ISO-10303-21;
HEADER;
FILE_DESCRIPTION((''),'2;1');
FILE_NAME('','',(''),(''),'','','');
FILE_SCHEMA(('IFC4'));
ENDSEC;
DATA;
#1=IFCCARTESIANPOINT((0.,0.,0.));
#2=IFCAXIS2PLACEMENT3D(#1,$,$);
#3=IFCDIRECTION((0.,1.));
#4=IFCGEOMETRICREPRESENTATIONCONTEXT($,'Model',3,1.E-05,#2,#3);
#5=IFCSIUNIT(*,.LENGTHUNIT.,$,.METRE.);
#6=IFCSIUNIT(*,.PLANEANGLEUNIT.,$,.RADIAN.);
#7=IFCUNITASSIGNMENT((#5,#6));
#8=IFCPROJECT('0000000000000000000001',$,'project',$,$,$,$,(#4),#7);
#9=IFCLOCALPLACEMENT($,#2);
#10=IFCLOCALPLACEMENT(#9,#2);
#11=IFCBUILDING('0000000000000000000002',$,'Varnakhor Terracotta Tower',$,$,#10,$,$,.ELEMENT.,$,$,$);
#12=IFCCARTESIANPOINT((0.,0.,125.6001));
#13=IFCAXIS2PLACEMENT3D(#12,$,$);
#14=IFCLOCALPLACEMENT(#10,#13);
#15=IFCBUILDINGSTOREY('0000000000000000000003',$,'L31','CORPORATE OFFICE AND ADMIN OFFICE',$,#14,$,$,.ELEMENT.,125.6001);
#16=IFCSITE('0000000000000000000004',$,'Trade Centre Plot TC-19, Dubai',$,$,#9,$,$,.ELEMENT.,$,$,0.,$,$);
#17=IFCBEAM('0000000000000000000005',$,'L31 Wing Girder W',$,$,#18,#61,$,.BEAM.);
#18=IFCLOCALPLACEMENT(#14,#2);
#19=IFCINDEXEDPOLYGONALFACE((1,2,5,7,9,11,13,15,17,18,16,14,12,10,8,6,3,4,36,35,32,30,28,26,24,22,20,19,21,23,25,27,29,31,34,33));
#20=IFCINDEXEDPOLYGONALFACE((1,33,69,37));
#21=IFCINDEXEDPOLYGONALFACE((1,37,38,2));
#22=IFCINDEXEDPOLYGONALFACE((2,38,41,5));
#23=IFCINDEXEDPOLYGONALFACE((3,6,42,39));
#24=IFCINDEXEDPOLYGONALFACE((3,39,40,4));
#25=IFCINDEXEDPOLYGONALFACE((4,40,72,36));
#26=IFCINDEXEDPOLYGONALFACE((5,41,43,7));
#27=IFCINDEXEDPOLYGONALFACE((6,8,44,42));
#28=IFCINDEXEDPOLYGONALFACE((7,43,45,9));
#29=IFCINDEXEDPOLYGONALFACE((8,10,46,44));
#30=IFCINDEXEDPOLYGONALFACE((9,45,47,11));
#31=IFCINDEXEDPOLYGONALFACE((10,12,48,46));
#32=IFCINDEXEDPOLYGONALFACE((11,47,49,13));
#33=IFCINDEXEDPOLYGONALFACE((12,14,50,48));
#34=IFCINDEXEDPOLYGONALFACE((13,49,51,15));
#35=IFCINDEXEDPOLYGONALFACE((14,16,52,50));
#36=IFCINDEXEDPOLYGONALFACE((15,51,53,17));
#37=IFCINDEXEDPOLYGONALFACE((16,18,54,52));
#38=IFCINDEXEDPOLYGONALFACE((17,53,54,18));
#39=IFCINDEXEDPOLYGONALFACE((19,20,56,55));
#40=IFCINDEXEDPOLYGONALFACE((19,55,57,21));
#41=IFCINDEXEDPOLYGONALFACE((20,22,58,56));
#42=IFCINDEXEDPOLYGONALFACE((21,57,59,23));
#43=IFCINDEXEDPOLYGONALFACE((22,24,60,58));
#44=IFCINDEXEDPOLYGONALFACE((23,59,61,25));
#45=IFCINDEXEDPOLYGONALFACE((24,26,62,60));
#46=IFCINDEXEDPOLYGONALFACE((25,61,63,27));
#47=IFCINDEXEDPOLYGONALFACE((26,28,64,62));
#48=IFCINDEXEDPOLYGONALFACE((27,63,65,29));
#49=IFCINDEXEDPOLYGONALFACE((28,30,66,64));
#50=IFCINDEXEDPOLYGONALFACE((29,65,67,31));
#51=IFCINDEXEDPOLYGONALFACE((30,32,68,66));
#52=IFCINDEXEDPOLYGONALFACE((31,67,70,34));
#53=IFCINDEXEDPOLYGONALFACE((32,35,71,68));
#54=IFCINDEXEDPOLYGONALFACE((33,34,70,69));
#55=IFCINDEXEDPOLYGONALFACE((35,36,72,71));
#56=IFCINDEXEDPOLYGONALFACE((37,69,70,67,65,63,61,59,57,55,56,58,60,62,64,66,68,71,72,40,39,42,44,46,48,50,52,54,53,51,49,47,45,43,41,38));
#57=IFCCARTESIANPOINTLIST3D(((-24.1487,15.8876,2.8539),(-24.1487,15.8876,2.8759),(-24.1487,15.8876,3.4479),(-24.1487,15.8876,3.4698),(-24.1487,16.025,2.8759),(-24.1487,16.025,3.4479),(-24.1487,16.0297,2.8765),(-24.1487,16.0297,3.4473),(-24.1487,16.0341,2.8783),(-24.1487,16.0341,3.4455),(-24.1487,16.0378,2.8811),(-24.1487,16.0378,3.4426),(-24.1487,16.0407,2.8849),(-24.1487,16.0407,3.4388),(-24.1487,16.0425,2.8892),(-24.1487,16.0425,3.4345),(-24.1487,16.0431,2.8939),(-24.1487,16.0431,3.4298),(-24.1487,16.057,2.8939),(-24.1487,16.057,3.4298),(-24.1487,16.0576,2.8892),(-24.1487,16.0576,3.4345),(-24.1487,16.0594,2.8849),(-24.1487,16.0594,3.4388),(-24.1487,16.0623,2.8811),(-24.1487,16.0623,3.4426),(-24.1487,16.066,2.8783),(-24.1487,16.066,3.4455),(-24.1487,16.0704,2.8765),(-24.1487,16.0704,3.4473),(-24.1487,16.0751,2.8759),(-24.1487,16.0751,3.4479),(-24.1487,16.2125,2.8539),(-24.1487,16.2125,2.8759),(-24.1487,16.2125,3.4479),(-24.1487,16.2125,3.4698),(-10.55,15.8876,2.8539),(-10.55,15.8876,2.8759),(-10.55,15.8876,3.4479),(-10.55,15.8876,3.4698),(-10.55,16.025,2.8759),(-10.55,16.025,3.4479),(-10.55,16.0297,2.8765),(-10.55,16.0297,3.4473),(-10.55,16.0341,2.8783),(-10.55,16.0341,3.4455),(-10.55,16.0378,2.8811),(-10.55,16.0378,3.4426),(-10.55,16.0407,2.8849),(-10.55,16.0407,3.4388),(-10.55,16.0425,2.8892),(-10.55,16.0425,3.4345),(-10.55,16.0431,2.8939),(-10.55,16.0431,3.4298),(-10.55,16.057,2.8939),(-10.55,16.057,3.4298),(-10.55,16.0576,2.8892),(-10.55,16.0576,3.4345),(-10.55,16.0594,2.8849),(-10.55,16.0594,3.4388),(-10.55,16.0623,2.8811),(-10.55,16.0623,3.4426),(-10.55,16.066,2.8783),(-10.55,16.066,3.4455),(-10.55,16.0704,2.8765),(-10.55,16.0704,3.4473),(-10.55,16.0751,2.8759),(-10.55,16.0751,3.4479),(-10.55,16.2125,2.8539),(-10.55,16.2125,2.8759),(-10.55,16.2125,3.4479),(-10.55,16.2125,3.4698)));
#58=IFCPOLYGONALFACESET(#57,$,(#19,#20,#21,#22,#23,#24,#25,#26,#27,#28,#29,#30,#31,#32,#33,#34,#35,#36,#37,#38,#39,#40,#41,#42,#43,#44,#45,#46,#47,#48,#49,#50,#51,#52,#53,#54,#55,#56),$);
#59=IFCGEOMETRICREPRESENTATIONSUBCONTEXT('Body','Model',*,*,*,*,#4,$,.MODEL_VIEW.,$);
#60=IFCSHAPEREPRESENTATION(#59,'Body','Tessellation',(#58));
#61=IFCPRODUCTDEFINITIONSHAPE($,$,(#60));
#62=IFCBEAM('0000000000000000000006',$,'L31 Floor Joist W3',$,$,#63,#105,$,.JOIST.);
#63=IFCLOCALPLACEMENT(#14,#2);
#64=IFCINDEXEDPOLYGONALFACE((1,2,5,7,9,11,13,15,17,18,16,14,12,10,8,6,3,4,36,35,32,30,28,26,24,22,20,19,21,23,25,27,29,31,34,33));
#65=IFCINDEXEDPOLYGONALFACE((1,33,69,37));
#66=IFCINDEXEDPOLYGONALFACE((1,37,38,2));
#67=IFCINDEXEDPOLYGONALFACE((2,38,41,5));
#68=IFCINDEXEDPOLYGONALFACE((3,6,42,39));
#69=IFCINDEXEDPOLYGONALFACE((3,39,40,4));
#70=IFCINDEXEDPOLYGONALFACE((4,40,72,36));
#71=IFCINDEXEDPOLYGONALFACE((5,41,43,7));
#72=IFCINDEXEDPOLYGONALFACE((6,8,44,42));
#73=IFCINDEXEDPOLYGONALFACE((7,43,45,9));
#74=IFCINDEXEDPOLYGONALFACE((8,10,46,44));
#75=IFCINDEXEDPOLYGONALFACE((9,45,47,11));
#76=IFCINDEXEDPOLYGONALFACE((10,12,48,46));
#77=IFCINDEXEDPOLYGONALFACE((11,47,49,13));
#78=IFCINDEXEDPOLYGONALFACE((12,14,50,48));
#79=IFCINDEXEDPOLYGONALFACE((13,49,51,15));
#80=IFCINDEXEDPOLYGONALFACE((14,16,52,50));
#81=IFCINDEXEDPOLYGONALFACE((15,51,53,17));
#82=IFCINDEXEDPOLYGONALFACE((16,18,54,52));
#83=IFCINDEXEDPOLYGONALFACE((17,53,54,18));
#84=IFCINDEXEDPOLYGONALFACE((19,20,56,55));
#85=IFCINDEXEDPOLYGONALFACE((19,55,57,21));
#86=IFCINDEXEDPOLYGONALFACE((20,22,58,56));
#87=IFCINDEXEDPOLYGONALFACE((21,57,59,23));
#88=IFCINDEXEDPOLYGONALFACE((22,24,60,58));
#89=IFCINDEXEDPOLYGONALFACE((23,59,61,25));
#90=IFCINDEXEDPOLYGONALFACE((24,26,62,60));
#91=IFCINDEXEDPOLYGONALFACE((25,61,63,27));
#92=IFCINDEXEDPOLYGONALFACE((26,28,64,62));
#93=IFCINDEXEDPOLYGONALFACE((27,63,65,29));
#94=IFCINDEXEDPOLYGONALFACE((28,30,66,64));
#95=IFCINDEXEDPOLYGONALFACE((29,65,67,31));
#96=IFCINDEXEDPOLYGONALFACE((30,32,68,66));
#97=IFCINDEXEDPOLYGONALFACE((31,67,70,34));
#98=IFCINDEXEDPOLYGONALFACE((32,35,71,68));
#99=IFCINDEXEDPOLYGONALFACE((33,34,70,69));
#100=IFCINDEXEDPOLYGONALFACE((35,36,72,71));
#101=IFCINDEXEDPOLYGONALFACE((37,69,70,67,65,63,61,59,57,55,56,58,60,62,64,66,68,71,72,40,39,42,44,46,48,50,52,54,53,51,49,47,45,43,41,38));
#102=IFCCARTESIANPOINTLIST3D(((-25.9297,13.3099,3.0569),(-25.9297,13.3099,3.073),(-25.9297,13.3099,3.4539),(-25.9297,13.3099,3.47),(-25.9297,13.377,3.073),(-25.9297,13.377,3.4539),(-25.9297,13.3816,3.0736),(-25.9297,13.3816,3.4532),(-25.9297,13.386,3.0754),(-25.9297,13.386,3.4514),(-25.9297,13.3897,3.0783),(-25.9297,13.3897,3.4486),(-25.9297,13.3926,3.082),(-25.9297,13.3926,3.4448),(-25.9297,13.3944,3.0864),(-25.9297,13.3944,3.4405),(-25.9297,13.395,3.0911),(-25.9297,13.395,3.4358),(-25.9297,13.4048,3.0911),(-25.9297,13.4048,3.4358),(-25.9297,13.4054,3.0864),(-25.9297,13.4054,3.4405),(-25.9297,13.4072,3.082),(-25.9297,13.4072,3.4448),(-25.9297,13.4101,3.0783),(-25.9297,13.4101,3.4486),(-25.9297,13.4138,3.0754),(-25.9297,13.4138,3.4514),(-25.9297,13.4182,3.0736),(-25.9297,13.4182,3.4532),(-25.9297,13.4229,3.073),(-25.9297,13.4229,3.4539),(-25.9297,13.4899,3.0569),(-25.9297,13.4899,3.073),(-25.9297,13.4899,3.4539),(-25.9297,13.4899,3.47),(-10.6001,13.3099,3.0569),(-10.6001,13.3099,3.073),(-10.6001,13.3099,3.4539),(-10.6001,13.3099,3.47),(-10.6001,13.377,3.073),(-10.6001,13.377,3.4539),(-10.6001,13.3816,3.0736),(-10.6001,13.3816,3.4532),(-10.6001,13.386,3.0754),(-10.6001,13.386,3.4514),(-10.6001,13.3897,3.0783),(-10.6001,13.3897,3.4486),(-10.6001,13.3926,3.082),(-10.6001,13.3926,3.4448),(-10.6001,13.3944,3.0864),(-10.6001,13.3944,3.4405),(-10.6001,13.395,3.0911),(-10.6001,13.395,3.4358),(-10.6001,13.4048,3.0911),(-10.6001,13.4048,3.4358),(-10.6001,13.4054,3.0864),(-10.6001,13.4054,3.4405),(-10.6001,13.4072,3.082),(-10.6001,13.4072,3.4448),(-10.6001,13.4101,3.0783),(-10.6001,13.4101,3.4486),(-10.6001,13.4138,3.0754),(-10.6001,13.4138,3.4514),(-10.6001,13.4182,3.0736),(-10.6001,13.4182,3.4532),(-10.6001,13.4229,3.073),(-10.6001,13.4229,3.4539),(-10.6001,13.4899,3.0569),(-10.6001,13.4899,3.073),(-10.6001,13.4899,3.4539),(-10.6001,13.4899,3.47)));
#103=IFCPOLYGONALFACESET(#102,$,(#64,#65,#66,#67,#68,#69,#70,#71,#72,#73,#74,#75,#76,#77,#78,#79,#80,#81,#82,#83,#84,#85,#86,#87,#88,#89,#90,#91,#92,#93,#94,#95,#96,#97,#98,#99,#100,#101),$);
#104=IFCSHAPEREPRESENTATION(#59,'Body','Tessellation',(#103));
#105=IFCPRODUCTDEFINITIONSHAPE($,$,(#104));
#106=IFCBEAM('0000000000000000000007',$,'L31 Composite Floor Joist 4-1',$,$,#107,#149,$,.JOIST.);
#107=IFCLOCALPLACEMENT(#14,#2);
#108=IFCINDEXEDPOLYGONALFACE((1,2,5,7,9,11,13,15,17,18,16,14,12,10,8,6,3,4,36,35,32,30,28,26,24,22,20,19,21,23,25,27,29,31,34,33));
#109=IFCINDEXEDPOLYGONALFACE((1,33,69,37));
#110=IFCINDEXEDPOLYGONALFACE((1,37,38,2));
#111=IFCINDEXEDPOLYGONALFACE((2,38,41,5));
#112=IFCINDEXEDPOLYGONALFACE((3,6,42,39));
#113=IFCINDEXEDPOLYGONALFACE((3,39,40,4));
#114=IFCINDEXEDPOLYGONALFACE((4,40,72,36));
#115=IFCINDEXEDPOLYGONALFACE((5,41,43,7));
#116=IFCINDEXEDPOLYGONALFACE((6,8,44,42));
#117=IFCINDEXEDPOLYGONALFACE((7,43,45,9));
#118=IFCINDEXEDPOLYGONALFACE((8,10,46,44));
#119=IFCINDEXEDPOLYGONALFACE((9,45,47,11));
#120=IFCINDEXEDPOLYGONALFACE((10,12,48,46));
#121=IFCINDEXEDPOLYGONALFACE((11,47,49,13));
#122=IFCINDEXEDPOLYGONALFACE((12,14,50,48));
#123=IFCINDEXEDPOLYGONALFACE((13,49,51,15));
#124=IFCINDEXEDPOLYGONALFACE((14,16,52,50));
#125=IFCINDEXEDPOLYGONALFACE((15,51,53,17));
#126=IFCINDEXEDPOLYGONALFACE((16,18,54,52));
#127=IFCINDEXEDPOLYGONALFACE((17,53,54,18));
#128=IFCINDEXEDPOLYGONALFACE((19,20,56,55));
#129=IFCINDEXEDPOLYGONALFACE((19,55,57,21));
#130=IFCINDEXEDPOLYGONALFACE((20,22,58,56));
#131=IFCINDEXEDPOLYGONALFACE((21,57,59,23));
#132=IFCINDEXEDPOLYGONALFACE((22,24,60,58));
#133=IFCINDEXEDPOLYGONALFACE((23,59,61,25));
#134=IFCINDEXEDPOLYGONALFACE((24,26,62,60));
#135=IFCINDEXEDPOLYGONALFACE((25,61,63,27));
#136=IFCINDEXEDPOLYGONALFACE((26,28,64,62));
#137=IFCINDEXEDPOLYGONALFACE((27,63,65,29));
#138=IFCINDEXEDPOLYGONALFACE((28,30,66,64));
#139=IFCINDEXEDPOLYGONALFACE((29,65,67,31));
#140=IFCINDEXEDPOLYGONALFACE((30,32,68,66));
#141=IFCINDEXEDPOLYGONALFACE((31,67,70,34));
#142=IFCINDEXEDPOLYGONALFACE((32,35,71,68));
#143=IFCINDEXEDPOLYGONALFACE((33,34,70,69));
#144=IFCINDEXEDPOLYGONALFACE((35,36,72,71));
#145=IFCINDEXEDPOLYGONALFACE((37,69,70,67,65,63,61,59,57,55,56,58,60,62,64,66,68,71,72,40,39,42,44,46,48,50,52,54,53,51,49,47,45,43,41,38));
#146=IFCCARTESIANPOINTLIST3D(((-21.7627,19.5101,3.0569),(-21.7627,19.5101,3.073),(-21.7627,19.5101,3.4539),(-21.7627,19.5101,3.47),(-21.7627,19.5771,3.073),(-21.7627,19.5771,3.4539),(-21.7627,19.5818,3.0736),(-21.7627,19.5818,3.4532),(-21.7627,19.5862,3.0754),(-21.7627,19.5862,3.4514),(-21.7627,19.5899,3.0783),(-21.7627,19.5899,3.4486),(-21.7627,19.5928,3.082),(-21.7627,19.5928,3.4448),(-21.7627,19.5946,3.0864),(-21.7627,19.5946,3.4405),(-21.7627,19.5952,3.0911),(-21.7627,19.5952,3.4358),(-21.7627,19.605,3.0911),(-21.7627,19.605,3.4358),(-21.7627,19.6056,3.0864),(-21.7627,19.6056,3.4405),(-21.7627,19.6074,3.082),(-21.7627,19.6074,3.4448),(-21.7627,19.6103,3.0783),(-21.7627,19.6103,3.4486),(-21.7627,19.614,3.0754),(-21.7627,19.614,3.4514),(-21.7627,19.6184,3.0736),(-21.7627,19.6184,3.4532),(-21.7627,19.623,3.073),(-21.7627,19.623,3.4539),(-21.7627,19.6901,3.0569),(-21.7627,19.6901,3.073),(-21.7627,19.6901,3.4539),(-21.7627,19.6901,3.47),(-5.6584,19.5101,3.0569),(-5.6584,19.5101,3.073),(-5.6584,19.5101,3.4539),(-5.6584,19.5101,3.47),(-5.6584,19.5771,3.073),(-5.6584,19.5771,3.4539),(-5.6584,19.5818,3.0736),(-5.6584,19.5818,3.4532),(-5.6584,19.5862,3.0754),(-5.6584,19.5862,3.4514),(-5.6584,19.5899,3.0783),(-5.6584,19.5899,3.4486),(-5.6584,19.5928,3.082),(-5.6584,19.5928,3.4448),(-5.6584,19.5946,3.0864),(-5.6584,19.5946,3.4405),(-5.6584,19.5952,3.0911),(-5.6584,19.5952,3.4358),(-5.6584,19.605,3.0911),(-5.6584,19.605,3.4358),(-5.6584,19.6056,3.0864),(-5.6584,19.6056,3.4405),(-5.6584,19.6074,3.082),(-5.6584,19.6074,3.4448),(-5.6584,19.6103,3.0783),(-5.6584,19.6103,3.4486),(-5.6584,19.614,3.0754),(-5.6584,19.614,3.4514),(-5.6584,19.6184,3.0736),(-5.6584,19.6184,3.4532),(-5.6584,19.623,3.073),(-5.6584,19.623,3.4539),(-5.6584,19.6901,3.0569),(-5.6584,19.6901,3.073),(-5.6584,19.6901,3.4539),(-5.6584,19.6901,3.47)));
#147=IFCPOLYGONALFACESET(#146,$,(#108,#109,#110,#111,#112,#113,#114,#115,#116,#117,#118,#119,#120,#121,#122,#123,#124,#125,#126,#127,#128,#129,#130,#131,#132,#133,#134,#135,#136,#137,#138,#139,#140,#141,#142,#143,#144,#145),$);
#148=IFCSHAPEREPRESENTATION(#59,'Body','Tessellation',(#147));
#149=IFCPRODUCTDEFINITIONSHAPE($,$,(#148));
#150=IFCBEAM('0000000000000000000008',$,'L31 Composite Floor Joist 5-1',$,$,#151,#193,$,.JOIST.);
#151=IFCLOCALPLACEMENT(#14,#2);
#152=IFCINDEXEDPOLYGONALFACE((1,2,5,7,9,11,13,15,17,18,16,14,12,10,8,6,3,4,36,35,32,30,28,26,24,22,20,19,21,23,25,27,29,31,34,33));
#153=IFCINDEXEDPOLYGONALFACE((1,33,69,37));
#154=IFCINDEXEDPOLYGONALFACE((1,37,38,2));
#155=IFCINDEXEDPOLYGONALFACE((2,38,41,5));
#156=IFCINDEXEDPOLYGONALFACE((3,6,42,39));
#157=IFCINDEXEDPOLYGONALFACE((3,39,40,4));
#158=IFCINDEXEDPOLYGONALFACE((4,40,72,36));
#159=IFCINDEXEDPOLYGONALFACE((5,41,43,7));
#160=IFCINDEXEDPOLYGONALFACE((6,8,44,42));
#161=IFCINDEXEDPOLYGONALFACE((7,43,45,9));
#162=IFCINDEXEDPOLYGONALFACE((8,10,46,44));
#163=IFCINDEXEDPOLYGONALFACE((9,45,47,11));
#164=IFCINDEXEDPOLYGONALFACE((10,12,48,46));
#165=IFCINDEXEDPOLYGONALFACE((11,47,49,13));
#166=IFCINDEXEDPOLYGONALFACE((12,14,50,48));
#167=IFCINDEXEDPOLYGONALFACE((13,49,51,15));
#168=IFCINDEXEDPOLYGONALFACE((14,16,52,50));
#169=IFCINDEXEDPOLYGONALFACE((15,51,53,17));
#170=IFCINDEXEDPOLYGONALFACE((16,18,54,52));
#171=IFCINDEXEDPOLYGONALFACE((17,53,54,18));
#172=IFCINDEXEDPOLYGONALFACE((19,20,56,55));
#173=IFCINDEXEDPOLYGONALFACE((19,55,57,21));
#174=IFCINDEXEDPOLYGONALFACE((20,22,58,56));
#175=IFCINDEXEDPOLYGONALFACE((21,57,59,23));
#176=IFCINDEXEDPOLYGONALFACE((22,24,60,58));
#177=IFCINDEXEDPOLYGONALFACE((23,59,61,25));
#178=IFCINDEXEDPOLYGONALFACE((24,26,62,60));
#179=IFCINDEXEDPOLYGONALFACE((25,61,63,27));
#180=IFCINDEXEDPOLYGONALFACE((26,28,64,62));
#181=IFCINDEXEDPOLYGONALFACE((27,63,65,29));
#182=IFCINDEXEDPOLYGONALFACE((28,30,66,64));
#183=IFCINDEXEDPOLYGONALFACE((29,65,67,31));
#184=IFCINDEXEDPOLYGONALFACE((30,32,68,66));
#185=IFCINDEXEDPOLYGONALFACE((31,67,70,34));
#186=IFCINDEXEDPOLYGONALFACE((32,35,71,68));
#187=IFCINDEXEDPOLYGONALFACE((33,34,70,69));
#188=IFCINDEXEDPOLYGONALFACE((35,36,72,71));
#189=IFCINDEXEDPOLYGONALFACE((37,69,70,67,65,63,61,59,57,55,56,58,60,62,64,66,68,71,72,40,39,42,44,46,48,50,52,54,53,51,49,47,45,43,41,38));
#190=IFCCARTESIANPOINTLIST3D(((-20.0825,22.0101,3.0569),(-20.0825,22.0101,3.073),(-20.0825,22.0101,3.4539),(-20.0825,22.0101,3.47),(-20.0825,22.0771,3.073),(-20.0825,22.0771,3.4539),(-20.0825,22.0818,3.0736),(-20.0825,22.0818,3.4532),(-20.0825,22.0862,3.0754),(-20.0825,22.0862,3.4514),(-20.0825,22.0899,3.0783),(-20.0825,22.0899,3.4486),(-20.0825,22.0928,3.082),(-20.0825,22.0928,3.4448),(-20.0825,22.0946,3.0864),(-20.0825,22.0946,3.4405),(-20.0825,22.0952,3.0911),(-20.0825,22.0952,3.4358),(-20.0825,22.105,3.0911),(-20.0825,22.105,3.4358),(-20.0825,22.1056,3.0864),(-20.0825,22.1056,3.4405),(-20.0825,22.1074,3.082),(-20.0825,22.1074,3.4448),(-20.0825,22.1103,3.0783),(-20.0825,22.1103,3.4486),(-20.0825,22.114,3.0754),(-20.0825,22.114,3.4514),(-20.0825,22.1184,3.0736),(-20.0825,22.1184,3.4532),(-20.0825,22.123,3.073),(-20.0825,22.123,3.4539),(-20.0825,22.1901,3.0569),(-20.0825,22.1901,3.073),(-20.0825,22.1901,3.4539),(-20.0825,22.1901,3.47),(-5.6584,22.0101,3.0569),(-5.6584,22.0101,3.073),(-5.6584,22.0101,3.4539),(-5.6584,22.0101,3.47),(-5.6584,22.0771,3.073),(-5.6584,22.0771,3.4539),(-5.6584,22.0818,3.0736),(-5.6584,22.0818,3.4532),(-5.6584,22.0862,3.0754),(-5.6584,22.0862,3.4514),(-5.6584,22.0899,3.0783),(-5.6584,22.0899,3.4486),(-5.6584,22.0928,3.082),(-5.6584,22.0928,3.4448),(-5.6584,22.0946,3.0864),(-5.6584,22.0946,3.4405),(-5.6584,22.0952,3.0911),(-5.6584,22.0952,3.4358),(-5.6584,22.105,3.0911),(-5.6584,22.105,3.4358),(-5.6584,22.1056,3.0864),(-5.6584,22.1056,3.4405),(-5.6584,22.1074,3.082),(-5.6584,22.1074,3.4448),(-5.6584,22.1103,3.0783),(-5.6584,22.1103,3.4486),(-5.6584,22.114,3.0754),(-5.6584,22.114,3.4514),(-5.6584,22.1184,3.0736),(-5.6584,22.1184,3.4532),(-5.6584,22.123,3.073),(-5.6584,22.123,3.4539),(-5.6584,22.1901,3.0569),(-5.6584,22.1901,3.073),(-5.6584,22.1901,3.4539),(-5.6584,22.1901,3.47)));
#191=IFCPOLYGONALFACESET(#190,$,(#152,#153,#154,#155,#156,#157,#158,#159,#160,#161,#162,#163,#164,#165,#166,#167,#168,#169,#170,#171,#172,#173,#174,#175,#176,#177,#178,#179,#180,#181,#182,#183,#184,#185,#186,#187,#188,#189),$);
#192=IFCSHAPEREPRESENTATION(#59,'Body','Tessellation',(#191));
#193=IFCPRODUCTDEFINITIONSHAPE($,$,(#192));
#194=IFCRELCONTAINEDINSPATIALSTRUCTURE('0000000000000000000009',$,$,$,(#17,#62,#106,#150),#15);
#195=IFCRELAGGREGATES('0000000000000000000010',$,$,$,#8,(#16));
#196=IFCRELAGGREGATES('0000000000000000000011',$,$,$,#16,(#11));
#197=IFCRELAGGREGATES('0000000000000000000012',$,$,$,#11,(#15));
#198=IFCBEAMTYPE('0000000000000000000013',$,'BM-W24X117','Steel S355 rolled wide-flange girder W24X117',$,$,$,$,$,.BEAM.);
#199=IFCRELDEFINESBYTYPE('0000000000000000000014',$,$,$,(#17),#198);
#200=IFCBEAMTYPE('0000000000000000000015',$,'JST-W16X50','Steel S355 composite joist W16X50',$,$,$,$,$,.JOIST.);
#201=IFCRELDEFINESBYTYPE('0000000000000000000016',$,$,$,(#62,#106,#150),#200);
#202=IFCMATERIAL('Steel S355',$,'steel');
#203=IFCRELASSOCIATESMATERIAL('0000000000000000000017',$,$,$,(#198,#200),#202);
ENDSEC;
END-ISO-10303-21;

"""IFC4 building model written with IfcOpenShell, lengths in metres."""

from ifc_helpers import new_model, si_unit, direction, frame, origin, origin_2d, place, context, subcontext, project, spatial, i_section, extrude, source, transform, mapped, material, material_profile, profile_set, type_object, element, save


model = new_model("IFC4")

# Units and contexts
model_context = context("Model", 3, precision=1e-05, world=origin(), true_north=direction((0.0, 1.0)))
body_context = subcontext(model_context, "Body", "Model", "MODEL_VIEW")
ifc_project = project(units=[si_unit("LENGTHUNIT", "METRE"), si_unit("PLANEANGLEUNIT", "RADIAN")], contexts=[model_context])

# Site, building, storey
site_placement = place(None, origin())
site = spatial("IfcSite", under=ifc_project, at=site_placement, Name="Trade Centre Plot TC-19, Dubai", CompositionType="ELEMENT", RefElevation=0.0)
building_placement = place(site_placement, origin())
building = spatial("IfcBuilding", under=site, at=building_placement, Name="Varnakhor Terracotta Tower", CompositionType="ELEMENT")
storey_placement = place(building_placement, frame((0.0, 0.0, 125.6001)))
storey = spatial("IfcBuildingStorey", under=building, at=storey_placement, Name="L31", Description="CORPORATE OFFICE AND ADMIN OFFICE", CompositionType="ELEMENT", Elevation=125.6001)

# Beams
ifc_material_1 = material(Name="Steel S355", Category="steel")
ifc_material_profile_1 = material_profile(ifc_material_1, i_section(OverallWidth=0.325, OverallDepth=0.616, WebThickness=0.0139, FlangeThickness=0.022, FilletRadius=0.0181, at=origin_2d()), Name="W24X117")
ifc_profile_set_1 = profile_set([ifc_material_profile_1], Name="Steel S355")
beam_type_1 = type_object("IfcBeamType", Name="BM-W24X117", Description="Steel S355 rolled wide-flange girder W24X117", PredefinedType="BEAM", material=ifc_profile_set_1)
shared_shape_1 = source(origin(), body_context, "Body", "SweptSolid", [
    extrude(i_section(OverallWidth=0.325, OverallDepth=0.616, WebThickness=0.0139, FlangeThickness=0.022, FilletRadius=0.0181, at=origin_2d()), origin(), (0.0, 0.0, 1.0), 13.5986),
])
beam_1_placement = place(storey_placement, frame((-24.1487, 16.05, 3.1619), z_axis=(1.0, 0.0, 0.0), x_axis=(0.0, 1.0, 0.0)))
element("IfcBeam", 1, at=beam_1_placement, inside=storey, type_object=beam_type_1, Name="L31 Wing Girder W", PredefinedType="BEAM", context=body_context, shape_type="MappedRepresentation", body=[
    mapped(shared_shape_1, transform((0.0, 0.0, 0.0), scale=1.0)),
])
ifc_material_profile_2 = material_profile(ifc_material_1, i_section(OverallWidth=0.1799, OverallDepth=0.4131, WebThickness=0.0098, FlangeThickness=0.0161, FilletRadius=0.0181, at=origin_2d()), Name="W16X50")
ifc_profile_set_2 = profile_set([ifc_material_profile_2], Name="Steel S355")
beam_type_2 = type_object("IfcBeamType", Name="JST-W16X50", Description="Steel S355 composite joist W16X50", PredefinedType="JOIST", material=ifc_profile_set_2)
shared_shape_2 = source(origin(), body_context, "Body", "SweptSolid", [
    extrude(i_section(OverallWidth=0.1799, OverallDepth=0.4131, WebThickness=0.0098, FlangeThickness=0.0161, FilletRadius=0.0181, at=origin_2d()), origin(), (0.0, 0.0, 1.0), 15.3296),
])
beam_2_placement = place(storey_placement, frame((-25.9297, 13.3999, 3.2634), z_axis=(1.0, 0.0, 0.0), x_axis=(0.0, 1.0, 0.0)))
element("IfcBeam", 2, at=beam_2_placement, inside=storey, type_object=beam_type_2, Name="L31 Floor Joist W3", PredefinedType="JOIST", context=body_context, shape_type="MappedRepresentation", body=[
    mapped(shared_shape_2, transform((0.0, 0.0, 0.0), scale=1.0)),
])
shared_shape_3 = source(origin(), body_context, "Body", "SweptSolid", [
    extrude(i_section(OverallWidth=0.1799, OverallDepth=0.4131, WebThickness=0.0098, FlangeThickness=0.0161, FilletRadius=0.0181, at=origin_2d()), origin(), (0.0, 0.0, 1.0), 16.1042),
])
beam_3_placement = place(storey_placement, frame((-21.7627, 19.6001, 3.2634), z_axis=(1.0, 0.0, 0.0), x_axis=(0.0, 1.0, 0.0)))
element("IfcBeam", 3, at=beam_3_placement, inside=storey, type_object=beam_type_2, Name="L31 Composite Floor Joist 4-1", PredefinedType="JOIST", context=body_context, shape_type="MappedRepresentation", body=[
    mapped(shared_shape_3, transform((0.0, 0.0, 0.0), scale=1.0)),
])
shared_shape_4 = source(origin(), body_context, "Body", "SweptSolid", [
    extrude(i_section(OverallWidth=0.1799, OverallDepth=0.4131, WebThickness=0.0098, FlangeThickness=0.0161, FilletRadius=0.0181, at=origin_2d()), origin(), (0.0, 0.0, 1.0), 14.4241),
])
beam_4_placement = place(storey_placement, frame((-20.0825, 22.1001, 3.2634), z_axis=(1.0, 0.0, 0.0), x_axis=(0.0, 1.0, 0.0)))
element("IfcBeam", 4, at=beam_4_placement, inside=storey, type_object=beam_type_2, Name="L31 Composite Floor Joist 5-1", PredefinedType="JOIST", context=body_context, shape_type="MappedRepresentation", body=[
    mapped(shared_shape_4, transform((0.0, 0.0, 0.0), scale=1.0)),
])

save(model, "model.ifc")
